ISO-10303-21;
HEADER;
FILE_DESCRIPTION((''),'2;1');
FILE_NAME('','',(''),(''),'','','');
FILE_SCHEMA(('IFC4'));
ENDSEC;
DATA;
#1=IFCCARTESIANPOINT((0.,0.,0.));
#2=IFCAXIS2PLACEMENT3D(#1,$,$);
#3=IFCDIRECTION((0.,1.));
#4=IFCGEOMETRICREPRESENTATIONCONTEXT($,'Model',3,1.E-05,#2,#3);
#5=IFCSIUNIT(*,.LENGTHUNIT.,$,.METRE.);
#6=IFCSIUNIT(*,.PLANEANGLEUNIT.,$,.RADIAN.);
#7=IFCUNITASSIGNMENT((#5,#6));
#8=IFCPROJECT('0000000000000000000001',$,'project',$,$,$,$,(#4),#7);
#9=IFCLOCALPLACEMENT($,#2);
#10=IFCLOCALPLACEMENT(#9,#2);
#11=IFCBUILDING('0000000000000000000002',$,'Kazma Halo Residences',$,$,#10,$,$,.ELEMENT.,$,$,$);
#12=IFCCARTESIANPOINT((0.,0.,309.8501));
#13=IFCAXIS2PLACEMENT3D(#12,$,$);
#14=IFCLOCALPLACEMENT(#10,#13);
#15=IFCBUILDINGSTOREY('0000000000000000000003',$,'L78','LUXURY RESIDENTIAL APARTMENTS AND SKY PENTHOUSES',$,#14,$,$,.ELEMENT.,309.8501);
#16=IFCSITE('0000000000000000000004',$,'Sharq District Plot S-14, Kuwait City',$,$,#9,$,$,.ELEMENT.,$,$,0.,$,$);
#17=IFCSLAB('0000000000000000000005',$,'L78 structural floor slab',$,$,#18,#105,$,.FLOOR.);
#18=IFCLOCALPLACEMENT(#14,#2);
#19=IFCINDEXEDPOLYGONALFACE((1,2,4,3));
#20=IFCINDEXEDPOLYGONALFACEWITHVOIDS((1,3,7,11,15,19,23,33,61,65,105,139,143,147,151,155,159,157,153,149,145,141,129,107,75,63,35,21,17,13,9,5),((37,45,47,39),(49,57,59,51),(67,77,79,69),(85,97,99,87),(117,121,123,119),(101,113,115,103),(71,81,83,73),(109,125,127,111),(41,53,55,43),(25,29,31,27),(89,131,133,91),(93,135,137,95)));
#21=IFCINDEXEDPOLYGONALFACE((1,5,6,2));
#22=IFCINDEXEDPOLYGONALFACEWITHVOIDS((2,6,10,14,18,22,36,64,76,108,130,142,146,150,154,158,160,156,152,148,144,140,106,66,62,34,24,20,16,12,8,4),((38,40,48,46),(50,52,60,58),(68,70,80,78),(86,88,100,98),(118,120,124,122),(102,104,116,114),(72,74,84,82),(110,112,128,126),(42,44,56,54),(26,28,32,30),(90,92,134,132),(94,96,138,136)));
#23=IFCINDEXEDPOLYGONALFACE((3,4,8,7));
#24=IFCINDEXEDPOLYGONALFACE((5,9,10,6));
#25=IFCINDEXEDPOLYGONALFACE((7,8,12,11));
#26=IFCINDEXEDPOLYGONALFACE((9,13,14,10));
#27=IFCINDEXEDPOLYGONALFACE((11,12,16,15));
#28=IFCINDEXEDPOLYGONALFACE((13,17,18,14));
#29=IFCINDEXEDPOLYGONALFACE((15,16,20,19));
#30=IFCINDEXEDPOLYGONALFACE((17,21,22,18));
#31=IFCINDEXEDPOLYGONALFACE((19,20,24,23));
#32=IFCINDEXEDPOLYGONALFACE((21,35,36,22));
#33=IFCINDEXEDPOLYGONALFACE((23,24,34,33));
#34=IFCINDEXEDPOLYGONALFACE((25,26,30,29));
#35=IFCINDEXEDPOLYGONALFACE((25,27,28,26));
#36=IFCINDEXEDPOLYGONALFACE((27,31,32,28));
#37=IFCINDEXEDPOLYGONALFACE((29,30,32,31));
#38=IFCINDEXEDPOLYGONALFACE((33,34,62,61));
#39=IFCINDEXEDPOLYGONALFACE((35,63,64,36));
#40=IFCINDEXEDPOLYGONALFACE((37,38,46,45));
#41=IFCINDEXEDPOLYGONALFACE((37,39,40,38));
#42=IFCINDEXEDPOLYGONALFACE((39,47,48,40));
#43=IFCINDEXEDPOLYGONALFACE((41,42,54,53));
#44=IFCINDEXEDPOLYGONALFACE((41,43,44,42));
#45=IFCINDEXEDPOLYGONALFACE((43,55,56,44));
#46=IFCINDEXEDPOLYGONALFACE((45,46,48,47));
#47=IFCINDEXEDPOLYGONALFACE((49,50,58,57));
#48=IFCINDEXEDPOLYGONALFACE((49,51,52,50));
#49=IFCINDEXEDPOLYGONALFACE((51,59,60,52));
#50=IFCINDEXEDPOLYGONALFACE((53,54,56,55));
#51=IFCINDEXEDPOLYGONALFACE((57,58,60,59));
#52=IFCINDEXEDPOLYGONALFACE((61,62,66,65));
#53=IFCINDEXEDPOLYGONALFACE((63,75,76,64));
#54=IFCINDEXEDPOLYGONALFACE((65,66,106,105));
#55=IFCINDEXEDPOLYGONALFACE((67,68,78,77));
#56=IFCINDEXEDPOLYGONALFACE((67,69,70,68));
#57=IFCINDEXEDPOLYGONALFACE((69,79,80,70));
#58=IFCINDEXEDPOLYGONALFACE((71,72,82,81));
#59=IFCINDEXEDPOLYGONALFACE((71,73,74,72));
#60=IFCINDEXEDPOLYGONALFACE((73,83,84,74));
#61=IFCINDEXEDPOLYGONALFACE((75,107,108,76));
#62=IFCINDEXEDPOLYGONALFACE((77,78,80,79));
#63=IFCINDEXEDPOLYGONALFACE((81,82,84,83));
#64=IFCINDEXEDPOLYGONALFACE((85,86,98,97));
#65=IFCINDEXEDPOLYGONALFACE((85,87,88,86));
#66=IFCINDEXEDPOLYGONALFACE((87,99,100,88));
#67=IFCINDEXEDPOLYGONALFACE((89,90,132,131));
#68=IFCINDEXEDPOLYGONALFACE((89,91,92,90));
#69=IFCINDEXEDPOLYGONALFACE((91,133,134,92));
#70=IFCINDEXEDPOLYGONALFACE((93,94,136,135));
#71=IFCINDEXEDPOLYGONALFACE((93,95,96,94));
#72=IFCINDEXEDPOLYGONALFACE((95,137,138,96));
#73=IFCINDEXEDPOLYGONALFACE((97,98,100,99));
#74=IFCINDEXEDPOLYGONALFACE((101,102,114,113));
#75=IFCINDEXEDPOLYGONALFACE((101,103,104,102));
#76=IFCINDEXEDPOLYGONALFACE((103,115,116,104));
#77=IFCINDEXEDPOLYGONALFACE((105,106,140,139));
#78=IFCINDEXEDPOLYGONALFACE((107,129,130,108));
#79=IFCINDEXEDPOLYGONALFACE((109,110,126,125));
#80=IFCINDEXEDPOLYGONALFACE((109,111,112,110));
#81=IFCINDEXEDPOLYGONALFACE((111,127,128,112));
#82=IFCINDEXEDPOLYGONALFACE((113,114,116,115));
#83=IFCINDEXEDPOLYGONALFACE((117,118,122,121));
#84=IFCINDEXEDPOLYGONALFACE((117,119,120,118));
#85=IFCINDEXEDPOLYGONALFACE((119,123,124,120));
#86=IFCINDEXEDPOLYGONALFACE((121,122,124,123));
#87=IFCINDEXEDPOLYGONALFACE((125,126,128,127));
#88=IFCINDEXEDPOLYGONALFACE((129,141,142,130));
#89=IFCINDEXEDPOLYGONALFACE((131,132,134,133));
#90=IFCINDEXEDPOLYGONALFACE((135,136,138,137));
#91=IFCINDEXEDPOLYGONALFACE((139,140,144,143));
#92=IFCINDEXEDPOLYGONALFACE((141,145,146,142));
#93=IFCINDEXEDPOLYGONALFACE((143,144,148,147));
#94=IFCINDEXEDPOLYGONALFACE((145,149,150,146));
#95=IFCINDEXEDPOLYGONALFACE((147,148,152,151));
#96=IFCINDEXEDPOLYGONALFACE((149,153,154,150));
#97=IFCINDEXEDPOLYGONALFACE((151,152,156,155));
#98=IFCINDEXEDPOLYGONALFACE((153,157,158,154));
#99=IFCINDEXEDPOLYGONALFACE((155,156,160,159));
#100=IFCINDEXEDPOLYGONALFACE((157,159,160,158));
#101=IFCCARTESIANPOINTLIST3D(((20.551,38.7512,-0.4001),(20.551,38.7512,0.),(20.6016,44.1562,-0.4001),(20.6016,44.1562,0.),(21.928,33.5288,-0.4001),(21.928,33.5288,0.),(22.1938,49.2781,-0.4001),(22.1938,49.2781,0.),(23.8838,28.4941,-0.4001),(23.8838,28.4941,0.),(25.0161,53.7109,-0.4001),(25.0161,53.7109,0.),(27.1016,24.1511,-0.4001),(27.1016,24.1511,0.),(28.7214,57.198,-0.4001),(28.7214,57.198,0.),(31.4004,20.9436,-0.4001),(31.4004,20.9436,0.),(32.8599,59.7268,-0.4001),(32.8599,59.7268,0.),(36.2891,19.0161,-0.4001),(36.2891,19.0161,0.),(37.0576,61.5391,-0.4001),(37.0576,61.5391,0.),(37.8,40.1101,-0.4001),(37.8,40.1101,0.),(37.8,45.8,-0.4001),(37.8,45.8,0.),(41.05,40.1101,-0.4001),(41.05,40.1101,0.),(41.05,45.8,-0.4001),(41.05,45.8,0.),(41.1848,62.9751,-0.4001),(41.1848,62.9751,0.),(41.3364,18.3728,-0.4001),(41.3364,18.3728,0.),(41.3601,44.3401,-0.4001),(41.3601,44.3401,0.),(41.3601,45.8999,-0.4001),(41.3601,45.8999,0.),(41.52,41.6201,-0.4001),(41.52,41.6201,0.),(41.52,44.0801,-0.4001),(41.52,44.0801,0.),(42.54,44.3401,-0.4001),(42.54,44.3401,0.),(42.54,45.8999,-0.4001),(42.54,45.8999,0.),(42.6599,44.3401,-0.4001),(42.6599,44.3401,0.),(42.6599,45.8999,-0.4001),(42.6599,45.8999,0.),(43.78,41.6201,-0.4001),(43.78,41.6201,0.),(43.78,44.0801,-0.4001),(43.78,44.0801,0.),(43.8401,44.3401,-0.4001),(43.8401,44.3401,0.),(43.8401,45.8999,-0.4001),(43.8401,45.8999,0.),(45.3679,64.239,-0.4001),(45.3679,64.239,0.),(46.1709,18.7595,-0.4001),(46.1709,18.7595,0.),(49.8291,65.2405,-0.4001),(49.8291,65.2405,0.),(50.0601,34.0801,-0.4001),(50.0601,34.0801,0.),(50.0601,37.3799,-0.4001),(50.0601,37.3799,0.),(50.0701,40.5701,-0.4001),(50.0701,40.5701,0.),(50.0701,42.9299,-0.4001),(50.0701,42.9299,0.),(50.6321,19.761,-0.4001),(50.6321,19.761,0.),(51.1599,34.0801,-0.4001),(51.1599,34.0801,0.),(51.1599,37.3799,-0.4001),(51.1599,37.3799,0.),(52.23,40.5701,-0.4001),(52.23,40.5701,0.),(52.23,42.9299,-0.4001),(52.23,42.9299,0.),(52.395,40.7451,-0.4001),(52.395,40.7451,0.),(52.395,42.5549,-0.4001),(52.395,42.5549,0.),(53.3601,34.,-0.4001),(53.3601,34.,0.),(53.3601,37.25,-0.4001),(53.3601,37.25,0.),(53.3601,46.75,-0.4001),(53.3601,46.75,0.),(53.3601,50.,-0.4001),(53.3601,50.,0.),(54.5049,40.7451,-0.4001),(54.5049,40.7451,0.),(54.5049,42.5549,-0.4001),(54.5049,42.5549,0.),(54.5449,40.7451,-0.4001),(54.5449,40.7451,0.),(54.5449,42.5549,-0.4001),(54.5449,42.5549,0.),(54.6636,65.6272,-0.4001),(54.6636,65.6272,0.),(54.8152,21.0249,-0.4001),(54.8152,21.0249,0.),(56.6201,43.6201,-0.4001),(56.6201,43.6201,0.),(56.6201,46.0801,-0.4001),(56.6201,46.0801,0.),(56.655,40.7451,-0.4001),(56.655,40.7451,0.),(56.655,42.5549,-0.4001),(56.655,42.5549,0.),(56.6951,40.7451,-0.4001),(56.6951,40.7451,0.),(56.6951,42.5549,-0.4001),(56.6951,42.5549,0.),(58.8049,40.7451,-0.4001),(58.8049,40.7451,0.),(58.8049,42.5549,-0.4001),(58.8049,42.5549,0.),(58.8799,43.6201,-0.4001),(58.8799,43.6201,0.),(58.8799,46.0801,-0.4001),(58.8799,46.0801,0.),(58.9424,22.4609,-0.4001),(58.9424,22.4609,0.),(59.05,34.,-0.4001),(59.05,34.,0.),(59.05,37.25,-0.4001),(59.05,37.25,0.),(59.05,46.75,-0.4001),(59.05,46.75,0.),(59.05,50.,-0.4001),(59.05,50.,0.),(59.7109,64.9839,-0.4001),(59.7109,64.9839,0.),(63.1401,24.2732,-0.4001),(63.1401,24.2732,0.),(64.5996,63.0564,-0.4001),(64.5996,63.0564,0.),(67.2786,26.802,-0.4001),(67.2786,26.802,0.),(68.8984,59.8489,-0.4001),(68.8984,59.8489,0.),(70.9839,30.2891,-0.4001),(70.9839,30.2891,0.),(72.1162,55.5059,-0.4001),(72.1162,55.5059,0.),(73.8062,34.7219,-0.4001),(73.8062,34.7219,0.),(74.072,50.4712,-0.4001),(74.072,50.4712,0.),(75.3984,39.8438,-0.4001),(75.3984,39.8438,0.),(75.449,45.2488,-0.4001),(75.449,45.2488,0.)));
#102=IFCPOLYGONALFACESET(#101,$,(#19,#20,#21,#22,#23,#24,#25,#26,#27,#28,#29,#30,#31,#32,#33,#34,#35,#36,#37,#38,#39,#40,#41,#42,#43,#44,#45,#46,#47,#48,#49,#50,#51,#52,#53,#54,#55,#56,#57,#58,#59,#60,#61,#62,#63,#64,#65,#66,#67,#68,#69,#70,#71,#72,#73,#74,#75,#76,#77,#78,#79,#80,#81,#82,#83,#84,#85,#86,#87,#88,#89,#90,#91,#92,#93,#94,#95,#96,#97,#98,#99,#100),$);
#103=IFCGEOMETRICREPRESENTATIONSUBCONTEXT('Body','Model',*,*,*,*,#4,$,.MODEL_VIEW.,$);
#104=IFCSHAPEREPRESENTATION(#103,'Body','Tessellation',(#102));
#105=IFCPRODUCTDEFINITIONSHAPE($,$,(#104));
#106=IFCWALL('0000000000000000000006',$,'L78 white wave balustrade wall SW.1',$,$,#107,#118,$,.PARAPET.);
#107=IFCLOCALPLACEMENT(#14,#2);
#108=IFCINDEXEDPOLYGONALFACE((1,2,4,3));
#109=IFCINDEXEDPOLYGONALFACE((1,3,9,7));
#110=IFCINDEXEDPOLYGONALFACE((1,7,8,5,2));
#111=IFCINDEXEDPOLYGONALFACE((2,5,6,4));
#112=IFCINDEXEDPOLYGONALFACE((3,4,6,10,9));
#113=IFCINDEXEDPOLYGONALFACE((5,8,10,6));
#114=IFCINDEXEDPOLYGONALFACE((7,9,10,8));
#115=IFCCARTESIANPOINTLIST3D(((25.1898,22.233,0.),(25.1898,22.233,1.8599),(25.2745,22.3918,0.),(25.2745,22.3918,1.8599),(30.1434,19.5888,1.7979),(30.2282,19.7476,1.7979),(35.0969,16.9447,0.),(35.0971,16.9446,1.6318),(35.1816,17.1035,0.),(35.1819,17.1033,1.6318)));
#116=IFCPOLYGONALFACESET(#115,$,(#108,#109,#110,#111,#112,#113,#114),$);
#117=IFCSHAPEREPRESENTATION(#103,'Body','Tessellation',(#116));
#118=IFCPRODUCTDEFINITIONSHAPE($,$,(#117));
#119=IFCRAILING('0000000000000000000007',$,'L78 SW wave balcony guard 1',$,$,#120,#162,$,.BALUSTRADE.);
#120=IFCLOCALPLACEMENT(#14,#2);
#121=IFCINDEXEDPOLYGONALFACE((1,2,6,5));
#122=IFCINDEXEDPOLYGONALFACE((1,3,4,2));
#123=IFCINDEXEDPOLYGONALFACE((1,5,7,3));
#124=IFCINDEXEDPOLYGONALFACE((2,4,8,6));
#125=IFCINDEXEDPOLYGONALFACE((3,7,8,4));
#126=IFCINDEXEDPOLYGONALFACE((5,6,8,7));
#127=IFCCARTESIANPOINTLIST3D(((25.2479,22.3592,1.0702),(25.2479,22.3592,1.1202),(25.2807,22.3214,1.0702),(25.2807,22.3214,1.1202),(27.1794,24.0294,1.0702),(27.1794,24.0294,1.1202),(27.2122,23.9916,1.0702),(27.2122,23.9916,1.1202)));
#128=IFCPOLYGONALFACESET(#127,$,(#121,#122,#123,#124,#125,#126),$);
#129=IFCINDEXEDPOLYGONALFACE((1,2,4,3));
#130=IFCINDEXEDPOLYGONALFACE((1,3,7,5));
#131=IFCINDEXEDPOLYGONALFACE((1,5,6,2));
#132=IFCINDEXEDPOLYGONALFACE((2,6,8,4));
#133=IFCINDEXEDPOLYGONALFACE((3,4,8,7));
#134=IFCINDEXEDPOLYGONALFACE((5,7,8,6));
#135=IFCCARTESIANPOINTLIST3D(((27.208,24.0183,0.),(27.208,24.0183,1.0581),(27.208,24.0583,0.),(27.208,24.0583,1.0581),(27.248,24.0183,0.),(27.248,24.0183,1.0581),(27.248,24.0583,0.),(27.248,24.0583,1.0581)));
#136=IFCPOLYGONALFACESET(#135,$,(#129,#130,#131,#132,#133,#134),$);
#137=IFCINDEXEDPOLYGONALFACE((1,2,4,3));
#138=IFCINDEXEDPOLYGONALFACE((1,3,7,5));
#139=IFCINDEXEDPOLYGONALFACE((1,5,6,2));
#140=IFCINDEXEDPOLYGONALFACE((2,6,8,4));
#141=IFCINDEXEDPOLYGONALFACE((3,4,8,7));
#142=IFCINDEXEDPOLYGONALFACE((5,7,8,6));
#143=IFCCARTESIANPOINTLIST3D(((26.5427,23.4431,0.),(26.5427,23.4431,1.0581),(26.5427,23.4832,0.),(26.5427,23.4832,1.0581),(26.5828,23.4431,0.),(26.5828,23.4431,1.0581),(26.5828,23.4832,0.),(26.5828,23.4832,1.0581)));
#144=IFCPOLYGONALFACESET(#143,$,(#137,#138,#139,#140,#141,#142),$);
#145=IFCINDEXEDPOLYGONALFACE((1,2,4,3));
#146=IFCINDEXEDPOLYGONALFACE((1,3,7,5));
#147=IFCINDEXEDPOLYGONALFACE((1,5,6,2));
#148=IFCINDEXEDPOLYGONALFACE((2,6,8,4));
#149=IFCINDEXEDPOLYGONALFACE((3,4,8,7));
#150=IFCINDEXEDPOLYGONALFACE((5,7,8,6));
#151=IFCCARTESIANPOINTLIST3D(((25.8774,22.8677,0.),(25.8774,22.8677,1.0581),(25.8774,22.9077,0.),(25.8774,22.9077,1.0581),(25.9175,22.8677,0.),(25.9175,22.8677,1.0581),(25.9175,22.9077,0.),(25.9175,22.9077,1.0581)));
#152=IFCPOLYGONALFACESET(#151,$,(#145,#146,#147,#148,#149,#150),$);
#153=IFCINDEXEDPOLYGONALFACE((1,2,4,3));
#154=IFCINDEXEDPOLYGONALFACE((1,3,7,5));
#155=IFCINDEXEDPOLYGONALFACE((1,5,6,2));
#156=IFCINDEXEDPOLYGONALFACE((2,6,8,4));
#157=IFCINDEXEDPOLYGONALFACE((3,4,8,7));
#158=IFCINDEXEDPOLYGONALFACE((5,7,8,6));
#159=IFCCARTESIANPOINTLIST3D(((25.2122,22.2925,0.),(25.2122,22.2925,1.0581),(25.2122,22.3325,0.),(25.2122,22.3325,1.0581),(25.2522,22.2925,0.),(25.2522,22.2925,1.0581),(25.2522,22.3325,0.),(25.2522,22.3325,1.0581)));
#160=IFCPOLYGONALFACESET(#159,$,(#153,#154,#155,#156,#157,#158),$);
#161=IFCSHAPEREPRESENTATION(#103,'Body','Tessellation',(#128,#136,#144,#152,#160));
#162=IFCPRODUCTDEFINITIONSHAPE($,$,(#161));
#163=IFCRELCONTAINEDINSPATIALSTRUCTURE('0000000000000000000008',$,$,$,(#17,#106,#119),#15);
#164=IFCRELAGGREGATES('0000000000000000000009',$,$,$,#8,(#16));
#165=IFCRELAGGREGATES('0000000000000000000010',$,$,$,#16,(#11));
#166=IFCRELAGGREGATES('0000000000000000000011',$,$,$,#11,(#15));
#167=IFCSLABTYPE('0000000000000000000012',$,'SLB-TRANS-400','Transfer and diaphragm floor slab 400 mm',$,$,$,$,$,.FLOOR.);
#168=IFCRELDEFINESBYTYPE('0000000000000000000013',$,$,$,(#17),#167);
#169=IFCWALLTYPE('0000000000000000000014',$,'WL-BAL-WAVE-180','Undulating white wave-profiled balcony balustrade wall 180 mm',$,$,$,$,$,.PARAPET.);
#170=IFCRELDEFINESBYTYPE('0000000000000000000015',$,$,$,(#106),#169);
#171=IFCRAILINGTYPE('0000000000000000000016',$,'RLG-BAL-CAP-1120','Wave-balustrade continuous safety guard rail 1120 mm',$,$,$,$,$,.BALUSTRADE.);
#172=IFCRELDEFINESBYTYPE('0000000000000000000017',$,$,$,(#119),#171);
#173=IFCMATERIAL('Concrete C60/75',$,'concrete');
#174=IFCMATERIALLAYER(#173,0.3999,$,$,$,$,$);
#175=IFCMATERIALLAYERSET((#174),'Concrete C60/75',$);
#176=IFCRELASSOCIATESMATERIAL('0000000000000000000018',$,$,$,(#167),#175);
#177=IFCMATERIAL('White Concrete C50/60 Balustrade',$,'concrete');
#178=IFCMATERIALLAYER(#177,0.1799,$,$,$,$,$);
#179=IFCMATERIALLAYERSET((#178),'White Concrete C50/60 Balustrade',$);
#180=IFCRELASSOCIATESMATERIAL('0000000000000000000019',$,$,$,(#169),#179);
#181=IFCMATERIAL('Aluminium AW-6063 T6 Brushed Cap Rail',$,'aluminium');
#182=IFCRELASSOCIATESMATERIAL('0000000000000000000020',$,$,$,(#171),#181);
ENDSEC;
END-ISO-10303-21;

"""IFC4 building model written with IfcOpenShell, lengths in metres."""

from ifc_helpers import new_model, si_unit, direction, frame, origin, origin_2d, place, context, subcontext, project, spatial, polyline, rectangle, outline, extrude, material, layer, layer_set, type_object, element, save


model = new_model("IFC4")

# Units and contexts
model_context = context("Model", 3, precision=1e-05, world=origin(), true_north=direction((0.0, 1.0)))
body_context = subcontext(model_context, "Body", "Model", "MODEL_VIEW")
ifc_project = project(units=[si_unit("LENGTHUNIT", "METRE"), si_unit("PLANEANGLEUNIT", "RADIAN")], contexts=[model_context])

# Site, building, storey
site_placement = place(None, origin())
site = spatial("IfcSite", under=ifc_project, at=site_placement, Name="Sharq District Plot S-14, Kuwait City", CompositionType="ELEMENT", RefElevation=0.0)
building_placement = place(site_placement, origin())
building = spatial("IfcBuilding", under=site, at=building_placement, Name="Kazma Halo Residences", CompositionType="ELEMENT")
storey_placement = place(building_placement, frame((0.0, 0.0, 309.8501)))
storey = spatial("IfcBuildingStorey", under=building, at=storey_placement, Name="L78", Description="LUXURY RESIDENTIAL APARTMENTS AND SKY PENTHOUSES", CompositionType="ELEMENT", Elevation=309.8501)

# Shared definitions
ifc_material_1 = material(Name="Concrete C60/75", Category="concrete")

# Slab
ifc_layer_1 = layer(ifc_material_1, 0.3999)
ifc_layer_set_1 = layer_set([ifc_layer_1], Name="Concrete C60/75")
slab_type_1 = type_object("IfcSlabType", Name="SLB-TRANS-400", Description="Transfer and diaphragm floor slab 400 mm", PredefinedType="FLOOR", material=ifc_layer_set_1)
slab_1_placement = place(storey_placement, frame((0.0, 0.0, -0.4001)))
element("IfcSlab", 1, at=slab_1_placement, inside=storey, type_object=slab_type_1, Name="L78 structural floor slab", PredefinedType="FLOOR", context=body_context, shape_type="SweptSolid", body=[
    extrude(outline(polyline([(74.072, 50.4712), (72.1162, 55.5059), (68.8984, 59.8489), (64.5996, 63.0564), (59.7109, 64.9839), (54.6636, 65.6272), (49.8291, 65.2405), (45.3679, 64.239), (41.1848, 62.9751), (37.0576, 61.5391), (32.8599, 59.7268), (28.7214, 57.198), (25.0161, 53.7109), (22.1938, 49.2781), (20.6016, 44.1562), (20.551, 38.7512), (21.928, 33.5288), (23.8838, 28.4941), (27.1016, 24.1511), (31.4004, 20.9436), (36.2891, 19.0161), (41.3364, 18.3728), (46.1709, 18.7595), (50.6321, 19.761), (54.8152, 21.0249), (58.9424, 22.4609), (63.1401, 24.2732), (67.2786, 26.802), (70.9839, 30.2891), (73.8062, 34.7219), (75.3984, 39.8438), (75.449, 45.2488), (74.072, 50.4712)]), holes=[polyline([(37.8, 40.1101), (41.05, 40.1101), (41.05, 45.8), (37.8, 45.8), (37.8, 40.1101)]), polyline([(53.3601, 46.75), (59.05, 46.75), (59.05, 50.0), (53.3601, 50.0), (53.3601, 46.75)]), polyline([(53.3601, 34.0), (59.05, 34.0), (59.05, 37.25), (53.3601, 37.25), (53.3601, 34.0)]), polyline([(41.52, 41.6201), (43.78, 41.6201), (43.78, 44.0801), (41.52, 44.0801), (41.52, 41.6201)]), polyline([(56.6201, 43.6201), (58.8799, 43.6201), (58.8799, 46.0801), (56.6201, 46.0801), (56.6201, 43.6201)]), polyline([(52.395, 40.7451), (54.5049, 40.7451), (54.5049, 42.5549), (52.395, 42.5549), (52.395, 40.7451)]), polyline([(54.5449, 40.7451), (56.655, 40.7451), (56.655, 42.5549), (54.5449, 42.5549), (54.5449, 40.7451)]), polyline([(56.6951, 40.7451), (58.8049, 40.7451), (58.8049, 42.5549), (56.6951, 42.5549), (56.6951, 40.7451)]), polyline([(50.0701, 40.5701), (52.23, 40.5701), (52.23, 42.9299), (50.0701, 42.9299), (50.0701, 40.5701)]), polyline([(41.3601, 44.3401), (42.54, 44.3401), (42.54, 45.8999), (41.3601, 45.8999), (41.3601, 44.3401)]), polyline([(42.6599, 44.3401), (43.8401, 44.3401), (43.8401, 45.8999), (42.6599, 45.8999), (42.6599, 44.3401)]), polyline([(50.0601, 34.0801), (51.1599, 34.0801), (51.1599, 37.3799), (50.0601, 37.3799), (50.0601, 34.0801)])]), origin(), (0.0, 0.0, 1.0), 0.4001),
])

# Wall
ifc_material_2 = material(Name="White Concrete C50/60 Balustrade", Category="concrete")
ifc_layer_2 = layer(ifc_material_2, 0.1799)
ifc_layer_set_2 = layer_set([ifc_layer_2], Name="White Concrete C50/60 Balustrade")
wall_type_1 = type_object("IfcWallType", Name="WL-BAL-WAVE-180", Description="Undulating white wave-profiled balcony balustrade wall 180 mm", PredefinedType="PARAPET", material=ifc_layer_set_2)
wall_1_placement = place(storey_placement, frame((25.2322, 22.3125, 0.0), z_axis=(0.0, 0.0, 1.0), x_axis=(0.882187, -0.470899, 0.0)))
element("IfcWall", 2, at=wall_1_placement, inside=storey, type_object=wall_type_1, Name="L78 white wave balustrade wall SW.1", PredefinedType="PARAPET", context=body_context, shape_type="SweptSolid", body=[
    extrude(outline(polyline([(0.0, 0.0), (11.2302, 0.0), (11.2305, 1.6318), (5.6152, 1.7979), (0.0, 1.8599), (0.0, 0.0)])), frame((0.0, 0.0898, 0.0), z_axis=(0.0, -1.0, 0.0), x_axis=(1.0, 0.0, 0.0)), (0.0, 0.0, 1.0), 0.1799),
])

# Railing
ifc_material_3 = material(Name="Aluminium AW-6063 T6 Brushed Cap Rail", Category="aluminium")
railing_type = type_object("IfcRailingType", Name="RLG-BAL-CAP-1120", Description="Wave-balustrade continuous safety guard rail 1120 mm", PredefinedType="BALUSTRADE", material=ifc_material_3)
railing_1_placement = place(storey_placement, frame((27.228, 24.0383, 0.0)))
element("IfcRailing", 3, at=railing_1_placement, inside=storey, type_object=railing_type, Name="L78 SW wave balcony guard 1", PredefinedType="BALUSTRADE", context=body_context, shape_type="SweptSolid", body=[
    extrude(rectangle(XDim=0.05, YDim=0.05, at=origin_2d()), frame((-0.0322, -0.0278, 1.0952), z_axis=(-0.756421, -0.654085, 0.0), x_axis=(0.654085, -0.756421, 0.0)), (0.0, 0.0, 1.0), 2.5535),
    extrude(rectangle(XDim=0.04, YDim=0.04, at=origin_2d()), origin(), (0.0, 0.0, 1.0), 1.0581),
    extrude(rectangle(XDim=0.04, YDim=0.04, at=origin_2d()), frame((-0.6653, -0.5752, 0.0)), (0.0, 0.0, 1.0), 1.0581),
    extrude(rectangle(XDim=0.04, YDim=0.04, at=origin_2d()), frame((-1.3306, -1.1506, 0.0)), (0.0, 0.0, 1.0), 1.0581),
    extrude(rectangle(XDim=0.04, YDim=0.04, at=origin_2d()), frame((-1.9958, -1.7258, 0.0)), (0.0, 0.0, 1.0), 1.0581),
])

save(model, "model.ifc")
